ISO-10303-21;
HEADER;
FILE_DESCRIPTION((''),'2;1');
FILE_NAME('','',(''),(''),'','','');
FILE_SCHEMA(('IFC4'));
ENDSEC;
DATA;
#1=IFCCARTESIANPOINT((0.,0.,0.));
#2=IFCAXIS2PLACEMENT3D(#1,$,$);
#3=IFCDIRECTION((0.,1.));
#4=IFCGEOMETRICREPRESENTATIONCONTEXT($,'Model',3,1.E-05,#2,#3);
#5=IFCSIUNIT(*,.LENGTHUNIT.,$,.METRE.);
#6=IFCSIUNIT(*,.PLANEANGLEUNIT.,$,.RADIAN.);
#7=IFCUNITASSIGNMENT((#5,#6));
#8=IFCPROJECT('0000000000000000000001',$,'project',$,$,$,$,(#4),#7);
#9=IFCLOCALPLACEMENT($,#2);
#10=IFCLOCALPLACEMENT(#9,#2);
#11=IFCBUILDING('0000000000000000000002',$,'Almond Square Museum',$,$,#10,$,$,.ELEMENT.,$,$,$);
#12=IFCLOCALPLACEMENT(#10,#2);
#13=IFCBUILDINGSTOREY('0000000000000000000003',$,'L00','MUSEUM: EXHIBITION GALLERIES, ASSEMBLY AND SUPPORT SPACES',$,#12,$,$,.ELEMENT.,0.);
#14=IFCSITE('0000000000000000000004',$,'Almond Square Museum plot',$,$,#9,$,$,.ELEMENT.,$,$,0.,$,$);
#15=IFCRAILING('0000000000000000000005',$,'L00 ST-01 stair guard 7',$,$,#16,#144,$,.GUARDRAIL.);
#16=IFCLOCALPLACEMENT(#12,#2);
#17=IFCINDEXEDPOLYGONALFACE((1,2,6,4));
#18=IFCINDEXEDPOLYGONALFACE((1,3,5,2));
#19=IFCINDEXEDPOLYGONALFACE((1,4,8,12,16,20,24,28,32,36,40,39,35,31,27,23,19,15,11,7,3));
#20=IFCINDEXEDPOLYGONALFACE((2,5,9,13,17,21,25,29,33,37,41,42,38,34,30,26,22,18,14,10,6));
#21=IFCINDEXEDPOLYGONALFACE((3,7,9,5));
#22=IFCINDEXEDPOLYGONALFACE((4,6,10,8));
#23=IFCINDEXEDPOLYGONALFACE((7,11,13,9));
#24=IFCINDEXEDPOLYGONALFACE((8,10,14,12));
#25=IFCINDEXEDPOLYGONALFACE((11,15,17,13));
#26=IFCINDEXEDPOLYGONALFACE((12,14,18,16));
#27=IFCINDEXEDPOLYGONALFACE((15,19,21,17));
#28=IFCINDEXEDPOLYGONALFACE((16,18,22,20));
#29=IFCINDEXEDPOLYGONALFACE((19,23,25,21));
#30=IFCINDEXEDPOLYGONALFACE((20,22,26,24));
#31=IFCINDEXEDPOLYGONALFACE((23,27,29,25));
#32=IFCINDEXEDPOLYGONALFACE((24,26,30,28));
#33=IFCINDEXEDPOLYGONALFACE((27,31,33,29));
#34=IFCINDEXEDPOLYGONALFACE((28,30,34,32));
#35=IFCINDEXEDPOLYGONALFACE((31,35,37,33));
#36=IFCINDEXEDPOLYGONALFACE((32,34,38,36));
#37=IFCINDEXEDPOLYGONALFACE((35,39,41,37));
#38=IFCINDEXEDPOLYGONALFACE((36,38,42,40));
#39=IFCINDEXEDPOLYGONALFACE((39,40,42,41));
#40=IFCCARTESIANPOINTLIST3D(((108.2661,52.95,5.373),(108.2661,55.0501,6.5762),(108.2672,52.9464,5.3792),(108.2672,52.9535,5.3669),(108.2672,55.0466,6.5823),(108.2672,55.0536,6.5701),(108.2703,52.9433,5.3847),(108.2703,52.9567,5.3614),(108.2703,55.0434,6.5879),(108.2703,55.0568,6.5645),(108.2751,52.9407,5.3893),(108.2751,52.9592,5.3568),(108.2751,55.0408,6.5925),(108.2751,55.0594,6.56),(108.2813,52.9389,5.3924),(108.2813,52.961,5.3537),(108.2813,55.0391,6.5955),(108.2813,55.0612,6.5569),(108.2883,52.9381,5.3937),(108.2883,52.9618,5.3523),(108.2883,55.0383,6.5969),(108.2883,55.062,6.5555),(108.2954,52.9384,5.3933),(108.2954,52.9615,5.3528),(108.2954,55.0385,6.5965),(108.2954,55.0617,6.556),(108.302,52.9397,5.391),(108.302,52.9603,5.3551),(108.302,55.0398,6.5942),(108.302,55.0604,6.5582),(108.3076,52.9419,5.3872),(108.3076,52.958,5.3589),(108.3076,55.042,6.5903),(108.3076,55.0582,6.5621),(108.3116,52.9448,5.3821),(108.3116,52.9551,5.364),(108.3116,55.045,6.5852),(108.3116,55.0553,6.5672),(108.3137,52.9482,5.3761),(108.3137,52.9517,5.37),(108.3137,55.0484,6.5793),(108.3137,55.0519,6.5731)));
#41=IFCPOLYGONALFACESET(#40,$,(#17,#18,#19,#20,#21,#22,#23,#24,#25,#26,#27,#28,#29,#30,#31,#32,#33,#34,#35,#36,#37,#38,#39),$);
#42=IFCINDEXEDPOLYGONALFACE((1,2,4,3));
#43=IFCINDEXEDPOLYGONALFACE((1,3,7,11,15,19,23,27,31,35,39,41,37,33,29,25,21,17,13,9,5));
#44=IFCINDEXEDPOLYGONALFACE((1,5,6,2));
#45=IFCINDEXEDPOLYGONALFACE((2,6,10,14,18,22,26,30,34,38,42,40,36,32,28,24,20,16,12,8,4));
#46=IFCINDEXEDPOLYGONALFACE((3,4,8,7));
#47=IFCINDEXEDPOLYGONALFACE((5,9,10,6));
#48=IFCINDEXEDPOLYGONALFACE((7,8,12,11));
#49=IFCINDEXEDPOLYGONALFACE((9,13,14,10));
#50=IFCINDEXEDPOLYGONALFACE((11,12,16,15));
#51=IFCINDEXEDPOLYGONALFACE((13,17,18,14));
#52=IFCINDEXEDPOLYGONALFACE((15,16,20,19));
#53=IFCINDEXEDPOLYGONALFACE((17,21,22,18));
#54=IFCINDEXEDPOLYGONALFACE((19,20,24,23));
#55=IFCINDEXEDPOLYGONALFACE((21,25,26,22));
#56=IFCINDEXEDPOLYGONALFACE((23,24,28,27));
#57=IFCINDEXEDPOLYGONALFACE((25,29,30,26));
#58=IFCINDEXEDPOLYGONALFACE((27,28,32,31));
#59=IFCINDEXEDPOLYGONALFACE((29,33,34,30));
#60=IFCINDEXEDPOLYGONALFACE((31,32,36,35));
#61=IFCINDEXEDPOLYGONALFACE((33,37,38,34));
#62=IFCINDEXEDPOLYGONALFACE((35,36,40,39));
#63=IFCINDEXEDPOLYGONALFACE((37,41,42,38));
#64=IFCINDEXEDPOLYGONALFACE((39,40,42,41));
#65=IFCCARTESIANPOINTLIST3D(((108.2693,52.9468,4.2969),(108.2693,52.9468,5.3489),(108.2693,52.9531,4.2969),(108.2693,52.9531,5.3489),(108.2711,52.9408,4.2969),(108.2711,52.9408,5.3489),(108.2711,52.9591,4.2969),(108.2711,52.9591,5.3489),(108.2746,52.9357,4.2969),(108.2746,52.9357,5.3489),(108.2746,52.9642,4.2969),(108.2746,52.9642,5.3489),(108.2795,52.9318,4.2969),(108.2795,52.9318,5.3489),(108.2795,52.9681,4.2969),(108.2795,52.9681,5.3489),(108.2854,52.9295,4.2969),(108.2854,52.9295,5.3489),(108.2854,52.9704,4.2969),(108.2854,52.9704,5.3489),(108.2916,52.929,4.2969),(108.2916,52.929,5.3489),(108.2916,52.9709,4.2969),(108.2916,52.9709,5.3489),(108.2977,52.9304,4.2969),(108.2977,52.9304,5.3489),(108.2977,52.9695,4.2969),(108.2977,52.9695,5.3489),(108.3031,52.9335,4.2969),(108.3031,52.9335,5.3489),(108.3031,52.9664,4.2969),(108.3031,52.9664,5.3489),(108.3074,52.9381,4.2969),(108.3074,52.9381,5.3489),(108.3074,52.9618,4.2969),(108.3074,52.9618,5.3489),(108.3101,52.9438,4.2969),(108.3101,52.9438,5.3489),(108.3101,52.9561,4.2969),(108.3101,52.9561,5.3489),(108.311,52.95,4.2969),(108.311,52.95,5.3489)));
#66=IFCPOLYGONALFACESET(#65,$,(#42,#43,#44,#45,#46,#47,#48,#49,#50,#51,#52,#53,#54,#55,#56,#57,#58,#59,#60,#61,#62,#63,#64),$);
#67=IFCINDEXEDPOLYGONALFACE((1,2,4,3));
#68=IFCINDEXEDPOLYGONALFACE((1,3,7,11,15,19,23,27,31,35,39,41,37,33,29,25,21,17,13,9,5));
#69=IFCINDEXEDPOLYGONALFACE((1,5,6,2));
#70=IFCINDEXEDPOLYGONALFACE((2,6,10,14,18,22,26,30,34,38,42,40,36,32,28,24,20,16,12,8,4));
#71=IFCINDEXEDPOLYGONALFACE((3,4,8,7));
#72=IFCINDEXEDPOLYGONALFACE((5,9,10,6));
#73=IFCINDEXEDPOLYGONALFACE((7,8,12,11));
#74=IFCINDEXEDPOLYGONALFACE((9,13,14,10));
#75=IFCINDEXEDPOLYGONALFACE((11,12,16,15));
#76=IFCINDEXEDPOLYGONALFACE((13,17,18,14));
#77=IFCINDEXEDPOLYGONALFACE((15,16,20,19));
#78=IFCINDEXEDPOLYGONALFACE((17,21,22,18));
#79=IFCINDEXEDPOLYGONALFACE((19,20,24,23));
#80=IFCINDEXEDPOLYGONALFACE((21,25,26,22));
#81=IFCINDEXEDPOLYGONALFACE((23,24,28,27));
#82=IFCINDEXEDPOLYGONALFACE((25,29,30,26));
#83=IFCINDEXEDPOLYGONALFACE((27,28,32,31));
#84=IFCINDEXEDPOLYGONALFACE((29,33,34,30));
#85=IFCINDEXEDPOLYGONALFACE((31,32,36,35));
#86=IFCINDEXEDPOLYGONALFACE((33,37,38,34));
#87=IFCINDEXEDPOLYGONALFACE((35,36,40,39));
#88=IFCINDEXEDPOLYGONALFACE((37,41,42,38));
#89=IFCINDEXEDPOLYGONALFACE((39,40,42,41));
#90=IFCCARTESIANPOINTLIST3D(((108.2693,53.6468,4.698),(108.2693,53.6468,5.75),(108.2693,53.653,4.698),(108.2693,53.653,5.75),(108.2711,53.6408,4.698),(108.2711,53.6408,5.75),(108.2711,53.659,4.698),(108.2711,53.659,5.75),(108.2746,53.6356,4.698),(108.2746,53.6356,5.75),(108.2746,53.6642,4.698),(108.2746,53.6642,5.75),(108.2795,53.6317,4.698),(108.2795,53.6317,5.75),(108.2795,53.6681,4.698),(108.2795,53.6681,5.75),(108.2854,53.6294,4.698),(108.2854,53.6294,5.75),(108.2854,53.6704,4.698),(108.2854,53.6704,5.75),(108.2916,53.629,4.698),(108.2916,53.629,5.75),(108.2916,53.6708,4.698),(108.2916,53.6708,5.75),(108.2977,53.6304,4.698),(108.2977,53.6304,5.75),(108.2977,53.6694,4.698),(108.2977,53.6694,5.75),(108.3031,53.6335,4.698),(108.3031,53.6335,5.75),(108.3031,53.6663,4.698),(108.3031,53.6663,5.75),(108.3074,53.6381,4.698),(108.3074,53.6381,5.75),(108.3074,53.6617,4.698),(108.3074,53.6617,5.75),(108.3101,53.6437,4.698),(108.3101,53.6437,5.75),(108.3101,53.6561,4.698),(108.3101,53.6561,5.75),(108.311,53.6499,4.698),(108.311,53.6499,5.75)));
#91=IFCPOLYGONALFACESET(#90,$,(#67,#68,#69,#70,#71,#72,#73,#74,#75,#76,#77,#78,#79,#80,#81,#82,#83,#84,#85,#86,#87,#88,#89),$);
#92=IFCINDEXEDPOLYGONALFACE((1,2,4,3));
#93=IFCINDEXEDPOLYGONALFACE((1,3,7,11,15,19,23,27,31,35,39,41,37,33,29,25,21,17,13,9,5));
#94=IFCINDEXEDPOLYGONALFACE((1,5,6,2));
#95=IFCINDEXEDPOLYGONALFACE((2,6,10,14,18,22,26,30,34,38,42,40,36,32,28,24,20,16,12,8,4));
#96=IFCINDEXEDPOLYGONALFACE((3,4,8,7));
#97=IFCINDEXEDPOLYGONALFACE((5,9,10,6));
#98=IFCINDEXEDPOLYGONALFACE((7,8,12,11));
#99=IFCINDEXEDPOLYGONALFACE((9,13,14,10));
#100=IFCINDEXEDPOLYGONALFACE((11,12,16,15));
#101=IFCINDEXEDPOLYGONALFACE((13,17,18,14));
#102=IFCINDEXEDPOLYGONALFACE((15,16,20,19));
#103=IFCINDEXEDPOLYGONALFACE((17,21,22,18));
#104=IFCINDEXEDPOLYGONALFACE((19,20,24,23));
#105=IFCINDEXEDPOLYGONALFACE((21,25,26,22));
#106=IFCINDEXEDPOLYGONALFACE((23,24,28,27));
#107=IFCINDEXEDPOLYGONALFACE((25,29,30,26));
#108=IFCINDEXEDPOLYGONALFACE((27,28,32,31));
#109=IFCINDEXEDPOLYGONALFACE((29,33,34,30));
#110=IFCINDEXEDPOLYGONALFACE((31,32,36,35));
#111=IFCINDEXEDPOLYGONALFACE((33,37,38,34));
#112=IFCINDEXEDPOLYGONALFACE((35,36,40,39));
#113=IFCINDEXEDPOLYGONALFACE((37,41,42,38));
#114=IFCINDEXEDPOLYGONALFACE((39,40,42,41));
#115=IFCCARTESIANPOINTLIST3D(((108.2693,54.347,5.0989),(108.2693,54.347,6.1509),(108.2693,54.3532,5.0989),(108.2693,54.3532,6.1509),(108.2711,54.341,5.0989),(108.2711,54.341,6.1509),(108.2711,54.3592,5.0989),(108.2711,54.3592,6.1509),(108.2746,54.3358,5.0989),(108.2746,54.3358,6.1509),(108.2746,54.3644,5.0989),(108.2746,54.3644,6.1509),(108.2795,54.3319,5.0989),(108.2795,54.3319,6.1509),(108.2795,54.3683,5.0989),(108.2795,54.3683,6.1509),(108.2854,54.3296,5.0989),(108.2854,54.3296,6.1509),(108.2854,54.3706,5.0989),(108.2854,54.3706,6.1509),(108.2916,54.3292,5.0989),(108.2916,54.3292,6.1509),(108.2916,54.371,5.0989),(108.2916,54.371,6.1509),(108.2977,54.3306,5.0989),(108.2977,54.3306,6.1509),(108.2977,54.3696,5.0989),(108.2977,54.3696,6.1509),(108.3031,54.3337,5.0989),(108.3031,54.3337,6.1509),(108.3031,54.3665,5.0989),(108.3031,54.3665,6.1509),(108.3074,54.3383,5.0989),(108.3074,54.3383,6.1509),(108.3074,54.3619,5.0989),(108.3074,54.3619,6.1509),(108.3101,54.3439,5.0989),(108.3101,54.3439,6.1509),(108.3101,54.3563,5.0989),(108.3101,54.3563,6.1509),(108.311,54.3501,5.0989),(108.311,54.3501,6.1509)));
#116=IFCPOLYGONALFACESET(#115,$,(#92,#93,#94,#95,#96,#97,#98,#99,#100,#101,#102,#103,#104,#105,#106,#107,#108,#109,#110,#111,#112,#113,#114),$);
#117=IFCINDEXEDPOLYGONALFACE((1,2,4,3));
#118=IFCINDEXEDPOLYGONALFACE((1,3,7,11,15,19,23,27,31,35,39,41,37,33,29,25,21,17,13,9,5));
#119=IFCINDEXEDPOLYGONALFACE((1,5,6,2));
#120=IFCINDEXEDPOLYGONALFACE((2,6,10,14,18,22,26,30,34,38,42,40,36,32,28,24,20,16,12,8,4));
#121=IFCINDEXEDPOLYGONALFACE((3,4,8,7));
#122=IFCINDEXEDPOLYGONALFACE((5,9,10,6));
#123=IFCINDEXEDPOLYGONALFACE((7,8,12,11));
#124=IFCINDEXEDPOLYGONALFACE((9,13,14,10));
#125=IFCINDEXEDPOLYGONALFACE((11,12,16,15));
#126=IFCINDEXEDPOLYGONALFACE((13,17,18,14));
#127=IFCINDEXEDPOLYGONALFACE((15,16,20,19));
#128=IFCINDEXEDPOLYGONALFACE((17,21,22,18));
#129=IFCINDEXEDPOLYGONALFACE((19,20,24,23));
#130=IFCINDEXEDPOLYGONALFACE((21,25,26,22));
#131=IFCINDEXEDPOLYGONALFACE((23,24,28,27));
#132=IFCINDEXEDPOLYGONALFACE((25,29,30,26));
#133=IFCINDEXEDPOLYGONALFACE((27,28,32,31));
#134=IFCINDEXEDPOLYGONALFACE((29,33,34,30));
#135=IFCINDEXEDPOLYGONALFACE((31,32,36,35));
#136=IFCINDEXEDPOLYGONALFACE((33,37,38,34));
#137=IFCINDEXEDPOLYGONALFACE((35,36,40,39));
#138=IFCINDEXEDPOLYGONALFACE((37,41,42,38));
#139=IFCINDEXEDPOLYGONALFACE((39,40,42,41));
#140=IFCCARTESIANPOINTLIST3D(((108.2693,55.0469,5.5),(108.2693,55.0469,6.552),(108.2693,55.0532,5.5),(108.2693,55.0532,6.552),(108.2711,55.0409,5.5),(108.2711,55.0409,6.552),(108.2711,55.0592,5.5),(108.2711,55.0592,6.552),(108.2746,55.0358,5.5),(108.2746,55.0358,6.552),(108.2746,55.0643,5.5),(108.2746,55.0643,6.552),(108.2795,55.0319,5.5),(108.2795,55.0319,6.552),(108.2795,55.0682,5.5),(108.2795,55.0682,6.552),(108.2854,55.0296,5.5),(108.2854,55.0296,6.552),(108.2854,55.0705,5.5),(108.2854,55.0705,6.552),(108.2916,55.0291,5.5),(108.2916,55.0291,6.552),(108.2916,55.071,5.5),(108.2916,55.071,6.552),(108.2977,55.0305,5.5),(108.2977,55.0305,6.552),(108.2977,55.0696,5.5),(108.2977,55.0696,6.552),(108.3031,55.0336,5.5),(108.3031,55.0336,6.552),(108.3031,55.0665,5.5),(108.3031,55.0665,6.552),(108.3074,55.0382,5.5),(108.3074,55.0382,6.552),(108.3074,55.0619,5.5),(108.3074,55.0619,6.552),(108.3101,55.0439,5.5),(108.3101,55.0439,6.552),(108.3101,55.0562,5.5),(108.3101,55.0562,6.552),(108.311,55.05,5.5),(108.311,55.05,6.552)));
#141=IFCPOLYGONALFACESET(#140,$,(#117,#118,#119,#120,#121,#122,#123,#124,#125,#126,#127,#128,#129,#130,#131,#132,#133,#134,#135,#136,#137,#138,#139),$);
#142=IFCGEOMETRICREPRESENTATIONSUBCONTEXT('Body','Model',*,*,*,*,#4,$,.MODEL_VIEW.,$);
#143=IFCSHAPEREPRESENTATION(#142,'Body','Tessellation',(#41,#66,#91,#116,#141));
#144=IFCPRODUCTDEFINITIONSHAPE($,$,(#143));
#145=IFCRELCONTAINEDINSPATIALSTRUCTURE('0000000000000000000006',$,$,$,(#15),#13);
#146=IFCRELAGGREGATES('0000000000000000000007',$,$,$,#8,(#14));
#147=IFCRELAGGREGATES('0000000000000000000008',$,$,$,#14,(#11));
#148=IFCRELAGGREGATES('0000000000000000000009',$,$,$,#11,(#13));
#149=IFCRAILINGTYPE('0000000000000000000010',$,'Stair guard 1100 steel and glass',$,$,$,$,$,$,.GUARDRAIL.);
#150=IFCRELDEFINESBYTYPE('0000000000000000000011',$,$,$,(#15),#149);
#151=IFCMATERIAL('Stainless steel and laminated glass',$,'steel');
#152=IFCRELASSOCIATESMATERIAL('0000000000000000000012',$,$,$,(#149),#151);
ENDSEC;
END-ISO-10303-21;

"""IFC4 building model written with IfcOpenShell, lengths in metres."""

from ifc_helpers import new_model, si_unit, direction, frame, origin, origin_2d, place, context, subcontext, project, spatial, circle, extrude, material, type_object, element, save


model = new_model("IFC4")

# Units and contexts
model_context = context("Model", 3, precision=1e-05, world=origin(), true_north=direction((0.0, 1.0)))
body_context = subcontext(model_context, "Body", "Model", "MODEL_VIEW")
ifc_project = project(units=[si_unit("LENGTHUNIT", "METRE"), si_unit("PLANEANGLEUNIT", "RADIAN")], contexts=[model_context])

# Site, building, storey
site_placement = place(None, origin())
site = spatial("IfcSite", under=ifc_project, at=site_placement, Name="Almond Square Museum plot", CompositionType="ELEMENT", RefElevation=0.0)
building_placement = place(site_placement, origin())
building = spatial("IfcBuilding", under=site, at=building_placement, Name="Almond Square Museum", CompositionType="ELEMENT")
storey_placement = place(building_placement, origin())
storey = spatial("IfcBuildingStorey", under=building, at=storey_placement, Name="L00", Description="MUSEUM: EXHIBITION GALLERIES, ASSEMBLY AND SUPPORT SPACES", CompositionType="ELEMENT", Elevation=0.0)

# Railing
ifc_material_1 = material(Name="Stainless steel and laminated glass", Category="steel")
railing_type_1 = type_object("IfcRailingType", Name="Stair guard 1100 steel and glass", PredefinedType="GUARDRAIL", material=ifc_material_1)
railing_1_placement = place(storey_placement, frame((108.29, 52.95, 4.2969)))
element("IfcRailing", 1, at=railing_1_placement, inside=storey, type_object=railing_type_1, Name="L00 ST-01 stair guard 7", PredefinedType="GUARDRAIL", context=body_context, shape_type="SweptSolid", body=[
    extrude(circle(Radius=0.0239, at=origin_2d()), frame((0.0, 0.0, 1.0762), z_axis=(0.0, 0.867696, 0.497095), x_axis=(-1.0, 0.0, 0.0)), (0.0, 0.0, 1.0), 2.4204),
    extrude(circle(Radius=0.021, at=origin_2d()), origin(), (0.0, 0.0, 1.0), 1.052),
    extrude(circle(Radius=0.021, at=origin_2d()), frame((0.0, 0.7, 0.4011)), (0.0, 0.0, 1.0), 1.052),
    extrude(circle(Radius=0.021, at=origin_2d()), frame((0.0, 1.4001, 0.802)), (0.0, 0.0, 1.0), 1.052),
    extrude(circle(Radius=0.021, at=origin_2d()), frame((0.0, 2.1001, 1.2031)), (0.0, 0.0, 1.0), 1.052),
])

save(model, "model.ifc")
